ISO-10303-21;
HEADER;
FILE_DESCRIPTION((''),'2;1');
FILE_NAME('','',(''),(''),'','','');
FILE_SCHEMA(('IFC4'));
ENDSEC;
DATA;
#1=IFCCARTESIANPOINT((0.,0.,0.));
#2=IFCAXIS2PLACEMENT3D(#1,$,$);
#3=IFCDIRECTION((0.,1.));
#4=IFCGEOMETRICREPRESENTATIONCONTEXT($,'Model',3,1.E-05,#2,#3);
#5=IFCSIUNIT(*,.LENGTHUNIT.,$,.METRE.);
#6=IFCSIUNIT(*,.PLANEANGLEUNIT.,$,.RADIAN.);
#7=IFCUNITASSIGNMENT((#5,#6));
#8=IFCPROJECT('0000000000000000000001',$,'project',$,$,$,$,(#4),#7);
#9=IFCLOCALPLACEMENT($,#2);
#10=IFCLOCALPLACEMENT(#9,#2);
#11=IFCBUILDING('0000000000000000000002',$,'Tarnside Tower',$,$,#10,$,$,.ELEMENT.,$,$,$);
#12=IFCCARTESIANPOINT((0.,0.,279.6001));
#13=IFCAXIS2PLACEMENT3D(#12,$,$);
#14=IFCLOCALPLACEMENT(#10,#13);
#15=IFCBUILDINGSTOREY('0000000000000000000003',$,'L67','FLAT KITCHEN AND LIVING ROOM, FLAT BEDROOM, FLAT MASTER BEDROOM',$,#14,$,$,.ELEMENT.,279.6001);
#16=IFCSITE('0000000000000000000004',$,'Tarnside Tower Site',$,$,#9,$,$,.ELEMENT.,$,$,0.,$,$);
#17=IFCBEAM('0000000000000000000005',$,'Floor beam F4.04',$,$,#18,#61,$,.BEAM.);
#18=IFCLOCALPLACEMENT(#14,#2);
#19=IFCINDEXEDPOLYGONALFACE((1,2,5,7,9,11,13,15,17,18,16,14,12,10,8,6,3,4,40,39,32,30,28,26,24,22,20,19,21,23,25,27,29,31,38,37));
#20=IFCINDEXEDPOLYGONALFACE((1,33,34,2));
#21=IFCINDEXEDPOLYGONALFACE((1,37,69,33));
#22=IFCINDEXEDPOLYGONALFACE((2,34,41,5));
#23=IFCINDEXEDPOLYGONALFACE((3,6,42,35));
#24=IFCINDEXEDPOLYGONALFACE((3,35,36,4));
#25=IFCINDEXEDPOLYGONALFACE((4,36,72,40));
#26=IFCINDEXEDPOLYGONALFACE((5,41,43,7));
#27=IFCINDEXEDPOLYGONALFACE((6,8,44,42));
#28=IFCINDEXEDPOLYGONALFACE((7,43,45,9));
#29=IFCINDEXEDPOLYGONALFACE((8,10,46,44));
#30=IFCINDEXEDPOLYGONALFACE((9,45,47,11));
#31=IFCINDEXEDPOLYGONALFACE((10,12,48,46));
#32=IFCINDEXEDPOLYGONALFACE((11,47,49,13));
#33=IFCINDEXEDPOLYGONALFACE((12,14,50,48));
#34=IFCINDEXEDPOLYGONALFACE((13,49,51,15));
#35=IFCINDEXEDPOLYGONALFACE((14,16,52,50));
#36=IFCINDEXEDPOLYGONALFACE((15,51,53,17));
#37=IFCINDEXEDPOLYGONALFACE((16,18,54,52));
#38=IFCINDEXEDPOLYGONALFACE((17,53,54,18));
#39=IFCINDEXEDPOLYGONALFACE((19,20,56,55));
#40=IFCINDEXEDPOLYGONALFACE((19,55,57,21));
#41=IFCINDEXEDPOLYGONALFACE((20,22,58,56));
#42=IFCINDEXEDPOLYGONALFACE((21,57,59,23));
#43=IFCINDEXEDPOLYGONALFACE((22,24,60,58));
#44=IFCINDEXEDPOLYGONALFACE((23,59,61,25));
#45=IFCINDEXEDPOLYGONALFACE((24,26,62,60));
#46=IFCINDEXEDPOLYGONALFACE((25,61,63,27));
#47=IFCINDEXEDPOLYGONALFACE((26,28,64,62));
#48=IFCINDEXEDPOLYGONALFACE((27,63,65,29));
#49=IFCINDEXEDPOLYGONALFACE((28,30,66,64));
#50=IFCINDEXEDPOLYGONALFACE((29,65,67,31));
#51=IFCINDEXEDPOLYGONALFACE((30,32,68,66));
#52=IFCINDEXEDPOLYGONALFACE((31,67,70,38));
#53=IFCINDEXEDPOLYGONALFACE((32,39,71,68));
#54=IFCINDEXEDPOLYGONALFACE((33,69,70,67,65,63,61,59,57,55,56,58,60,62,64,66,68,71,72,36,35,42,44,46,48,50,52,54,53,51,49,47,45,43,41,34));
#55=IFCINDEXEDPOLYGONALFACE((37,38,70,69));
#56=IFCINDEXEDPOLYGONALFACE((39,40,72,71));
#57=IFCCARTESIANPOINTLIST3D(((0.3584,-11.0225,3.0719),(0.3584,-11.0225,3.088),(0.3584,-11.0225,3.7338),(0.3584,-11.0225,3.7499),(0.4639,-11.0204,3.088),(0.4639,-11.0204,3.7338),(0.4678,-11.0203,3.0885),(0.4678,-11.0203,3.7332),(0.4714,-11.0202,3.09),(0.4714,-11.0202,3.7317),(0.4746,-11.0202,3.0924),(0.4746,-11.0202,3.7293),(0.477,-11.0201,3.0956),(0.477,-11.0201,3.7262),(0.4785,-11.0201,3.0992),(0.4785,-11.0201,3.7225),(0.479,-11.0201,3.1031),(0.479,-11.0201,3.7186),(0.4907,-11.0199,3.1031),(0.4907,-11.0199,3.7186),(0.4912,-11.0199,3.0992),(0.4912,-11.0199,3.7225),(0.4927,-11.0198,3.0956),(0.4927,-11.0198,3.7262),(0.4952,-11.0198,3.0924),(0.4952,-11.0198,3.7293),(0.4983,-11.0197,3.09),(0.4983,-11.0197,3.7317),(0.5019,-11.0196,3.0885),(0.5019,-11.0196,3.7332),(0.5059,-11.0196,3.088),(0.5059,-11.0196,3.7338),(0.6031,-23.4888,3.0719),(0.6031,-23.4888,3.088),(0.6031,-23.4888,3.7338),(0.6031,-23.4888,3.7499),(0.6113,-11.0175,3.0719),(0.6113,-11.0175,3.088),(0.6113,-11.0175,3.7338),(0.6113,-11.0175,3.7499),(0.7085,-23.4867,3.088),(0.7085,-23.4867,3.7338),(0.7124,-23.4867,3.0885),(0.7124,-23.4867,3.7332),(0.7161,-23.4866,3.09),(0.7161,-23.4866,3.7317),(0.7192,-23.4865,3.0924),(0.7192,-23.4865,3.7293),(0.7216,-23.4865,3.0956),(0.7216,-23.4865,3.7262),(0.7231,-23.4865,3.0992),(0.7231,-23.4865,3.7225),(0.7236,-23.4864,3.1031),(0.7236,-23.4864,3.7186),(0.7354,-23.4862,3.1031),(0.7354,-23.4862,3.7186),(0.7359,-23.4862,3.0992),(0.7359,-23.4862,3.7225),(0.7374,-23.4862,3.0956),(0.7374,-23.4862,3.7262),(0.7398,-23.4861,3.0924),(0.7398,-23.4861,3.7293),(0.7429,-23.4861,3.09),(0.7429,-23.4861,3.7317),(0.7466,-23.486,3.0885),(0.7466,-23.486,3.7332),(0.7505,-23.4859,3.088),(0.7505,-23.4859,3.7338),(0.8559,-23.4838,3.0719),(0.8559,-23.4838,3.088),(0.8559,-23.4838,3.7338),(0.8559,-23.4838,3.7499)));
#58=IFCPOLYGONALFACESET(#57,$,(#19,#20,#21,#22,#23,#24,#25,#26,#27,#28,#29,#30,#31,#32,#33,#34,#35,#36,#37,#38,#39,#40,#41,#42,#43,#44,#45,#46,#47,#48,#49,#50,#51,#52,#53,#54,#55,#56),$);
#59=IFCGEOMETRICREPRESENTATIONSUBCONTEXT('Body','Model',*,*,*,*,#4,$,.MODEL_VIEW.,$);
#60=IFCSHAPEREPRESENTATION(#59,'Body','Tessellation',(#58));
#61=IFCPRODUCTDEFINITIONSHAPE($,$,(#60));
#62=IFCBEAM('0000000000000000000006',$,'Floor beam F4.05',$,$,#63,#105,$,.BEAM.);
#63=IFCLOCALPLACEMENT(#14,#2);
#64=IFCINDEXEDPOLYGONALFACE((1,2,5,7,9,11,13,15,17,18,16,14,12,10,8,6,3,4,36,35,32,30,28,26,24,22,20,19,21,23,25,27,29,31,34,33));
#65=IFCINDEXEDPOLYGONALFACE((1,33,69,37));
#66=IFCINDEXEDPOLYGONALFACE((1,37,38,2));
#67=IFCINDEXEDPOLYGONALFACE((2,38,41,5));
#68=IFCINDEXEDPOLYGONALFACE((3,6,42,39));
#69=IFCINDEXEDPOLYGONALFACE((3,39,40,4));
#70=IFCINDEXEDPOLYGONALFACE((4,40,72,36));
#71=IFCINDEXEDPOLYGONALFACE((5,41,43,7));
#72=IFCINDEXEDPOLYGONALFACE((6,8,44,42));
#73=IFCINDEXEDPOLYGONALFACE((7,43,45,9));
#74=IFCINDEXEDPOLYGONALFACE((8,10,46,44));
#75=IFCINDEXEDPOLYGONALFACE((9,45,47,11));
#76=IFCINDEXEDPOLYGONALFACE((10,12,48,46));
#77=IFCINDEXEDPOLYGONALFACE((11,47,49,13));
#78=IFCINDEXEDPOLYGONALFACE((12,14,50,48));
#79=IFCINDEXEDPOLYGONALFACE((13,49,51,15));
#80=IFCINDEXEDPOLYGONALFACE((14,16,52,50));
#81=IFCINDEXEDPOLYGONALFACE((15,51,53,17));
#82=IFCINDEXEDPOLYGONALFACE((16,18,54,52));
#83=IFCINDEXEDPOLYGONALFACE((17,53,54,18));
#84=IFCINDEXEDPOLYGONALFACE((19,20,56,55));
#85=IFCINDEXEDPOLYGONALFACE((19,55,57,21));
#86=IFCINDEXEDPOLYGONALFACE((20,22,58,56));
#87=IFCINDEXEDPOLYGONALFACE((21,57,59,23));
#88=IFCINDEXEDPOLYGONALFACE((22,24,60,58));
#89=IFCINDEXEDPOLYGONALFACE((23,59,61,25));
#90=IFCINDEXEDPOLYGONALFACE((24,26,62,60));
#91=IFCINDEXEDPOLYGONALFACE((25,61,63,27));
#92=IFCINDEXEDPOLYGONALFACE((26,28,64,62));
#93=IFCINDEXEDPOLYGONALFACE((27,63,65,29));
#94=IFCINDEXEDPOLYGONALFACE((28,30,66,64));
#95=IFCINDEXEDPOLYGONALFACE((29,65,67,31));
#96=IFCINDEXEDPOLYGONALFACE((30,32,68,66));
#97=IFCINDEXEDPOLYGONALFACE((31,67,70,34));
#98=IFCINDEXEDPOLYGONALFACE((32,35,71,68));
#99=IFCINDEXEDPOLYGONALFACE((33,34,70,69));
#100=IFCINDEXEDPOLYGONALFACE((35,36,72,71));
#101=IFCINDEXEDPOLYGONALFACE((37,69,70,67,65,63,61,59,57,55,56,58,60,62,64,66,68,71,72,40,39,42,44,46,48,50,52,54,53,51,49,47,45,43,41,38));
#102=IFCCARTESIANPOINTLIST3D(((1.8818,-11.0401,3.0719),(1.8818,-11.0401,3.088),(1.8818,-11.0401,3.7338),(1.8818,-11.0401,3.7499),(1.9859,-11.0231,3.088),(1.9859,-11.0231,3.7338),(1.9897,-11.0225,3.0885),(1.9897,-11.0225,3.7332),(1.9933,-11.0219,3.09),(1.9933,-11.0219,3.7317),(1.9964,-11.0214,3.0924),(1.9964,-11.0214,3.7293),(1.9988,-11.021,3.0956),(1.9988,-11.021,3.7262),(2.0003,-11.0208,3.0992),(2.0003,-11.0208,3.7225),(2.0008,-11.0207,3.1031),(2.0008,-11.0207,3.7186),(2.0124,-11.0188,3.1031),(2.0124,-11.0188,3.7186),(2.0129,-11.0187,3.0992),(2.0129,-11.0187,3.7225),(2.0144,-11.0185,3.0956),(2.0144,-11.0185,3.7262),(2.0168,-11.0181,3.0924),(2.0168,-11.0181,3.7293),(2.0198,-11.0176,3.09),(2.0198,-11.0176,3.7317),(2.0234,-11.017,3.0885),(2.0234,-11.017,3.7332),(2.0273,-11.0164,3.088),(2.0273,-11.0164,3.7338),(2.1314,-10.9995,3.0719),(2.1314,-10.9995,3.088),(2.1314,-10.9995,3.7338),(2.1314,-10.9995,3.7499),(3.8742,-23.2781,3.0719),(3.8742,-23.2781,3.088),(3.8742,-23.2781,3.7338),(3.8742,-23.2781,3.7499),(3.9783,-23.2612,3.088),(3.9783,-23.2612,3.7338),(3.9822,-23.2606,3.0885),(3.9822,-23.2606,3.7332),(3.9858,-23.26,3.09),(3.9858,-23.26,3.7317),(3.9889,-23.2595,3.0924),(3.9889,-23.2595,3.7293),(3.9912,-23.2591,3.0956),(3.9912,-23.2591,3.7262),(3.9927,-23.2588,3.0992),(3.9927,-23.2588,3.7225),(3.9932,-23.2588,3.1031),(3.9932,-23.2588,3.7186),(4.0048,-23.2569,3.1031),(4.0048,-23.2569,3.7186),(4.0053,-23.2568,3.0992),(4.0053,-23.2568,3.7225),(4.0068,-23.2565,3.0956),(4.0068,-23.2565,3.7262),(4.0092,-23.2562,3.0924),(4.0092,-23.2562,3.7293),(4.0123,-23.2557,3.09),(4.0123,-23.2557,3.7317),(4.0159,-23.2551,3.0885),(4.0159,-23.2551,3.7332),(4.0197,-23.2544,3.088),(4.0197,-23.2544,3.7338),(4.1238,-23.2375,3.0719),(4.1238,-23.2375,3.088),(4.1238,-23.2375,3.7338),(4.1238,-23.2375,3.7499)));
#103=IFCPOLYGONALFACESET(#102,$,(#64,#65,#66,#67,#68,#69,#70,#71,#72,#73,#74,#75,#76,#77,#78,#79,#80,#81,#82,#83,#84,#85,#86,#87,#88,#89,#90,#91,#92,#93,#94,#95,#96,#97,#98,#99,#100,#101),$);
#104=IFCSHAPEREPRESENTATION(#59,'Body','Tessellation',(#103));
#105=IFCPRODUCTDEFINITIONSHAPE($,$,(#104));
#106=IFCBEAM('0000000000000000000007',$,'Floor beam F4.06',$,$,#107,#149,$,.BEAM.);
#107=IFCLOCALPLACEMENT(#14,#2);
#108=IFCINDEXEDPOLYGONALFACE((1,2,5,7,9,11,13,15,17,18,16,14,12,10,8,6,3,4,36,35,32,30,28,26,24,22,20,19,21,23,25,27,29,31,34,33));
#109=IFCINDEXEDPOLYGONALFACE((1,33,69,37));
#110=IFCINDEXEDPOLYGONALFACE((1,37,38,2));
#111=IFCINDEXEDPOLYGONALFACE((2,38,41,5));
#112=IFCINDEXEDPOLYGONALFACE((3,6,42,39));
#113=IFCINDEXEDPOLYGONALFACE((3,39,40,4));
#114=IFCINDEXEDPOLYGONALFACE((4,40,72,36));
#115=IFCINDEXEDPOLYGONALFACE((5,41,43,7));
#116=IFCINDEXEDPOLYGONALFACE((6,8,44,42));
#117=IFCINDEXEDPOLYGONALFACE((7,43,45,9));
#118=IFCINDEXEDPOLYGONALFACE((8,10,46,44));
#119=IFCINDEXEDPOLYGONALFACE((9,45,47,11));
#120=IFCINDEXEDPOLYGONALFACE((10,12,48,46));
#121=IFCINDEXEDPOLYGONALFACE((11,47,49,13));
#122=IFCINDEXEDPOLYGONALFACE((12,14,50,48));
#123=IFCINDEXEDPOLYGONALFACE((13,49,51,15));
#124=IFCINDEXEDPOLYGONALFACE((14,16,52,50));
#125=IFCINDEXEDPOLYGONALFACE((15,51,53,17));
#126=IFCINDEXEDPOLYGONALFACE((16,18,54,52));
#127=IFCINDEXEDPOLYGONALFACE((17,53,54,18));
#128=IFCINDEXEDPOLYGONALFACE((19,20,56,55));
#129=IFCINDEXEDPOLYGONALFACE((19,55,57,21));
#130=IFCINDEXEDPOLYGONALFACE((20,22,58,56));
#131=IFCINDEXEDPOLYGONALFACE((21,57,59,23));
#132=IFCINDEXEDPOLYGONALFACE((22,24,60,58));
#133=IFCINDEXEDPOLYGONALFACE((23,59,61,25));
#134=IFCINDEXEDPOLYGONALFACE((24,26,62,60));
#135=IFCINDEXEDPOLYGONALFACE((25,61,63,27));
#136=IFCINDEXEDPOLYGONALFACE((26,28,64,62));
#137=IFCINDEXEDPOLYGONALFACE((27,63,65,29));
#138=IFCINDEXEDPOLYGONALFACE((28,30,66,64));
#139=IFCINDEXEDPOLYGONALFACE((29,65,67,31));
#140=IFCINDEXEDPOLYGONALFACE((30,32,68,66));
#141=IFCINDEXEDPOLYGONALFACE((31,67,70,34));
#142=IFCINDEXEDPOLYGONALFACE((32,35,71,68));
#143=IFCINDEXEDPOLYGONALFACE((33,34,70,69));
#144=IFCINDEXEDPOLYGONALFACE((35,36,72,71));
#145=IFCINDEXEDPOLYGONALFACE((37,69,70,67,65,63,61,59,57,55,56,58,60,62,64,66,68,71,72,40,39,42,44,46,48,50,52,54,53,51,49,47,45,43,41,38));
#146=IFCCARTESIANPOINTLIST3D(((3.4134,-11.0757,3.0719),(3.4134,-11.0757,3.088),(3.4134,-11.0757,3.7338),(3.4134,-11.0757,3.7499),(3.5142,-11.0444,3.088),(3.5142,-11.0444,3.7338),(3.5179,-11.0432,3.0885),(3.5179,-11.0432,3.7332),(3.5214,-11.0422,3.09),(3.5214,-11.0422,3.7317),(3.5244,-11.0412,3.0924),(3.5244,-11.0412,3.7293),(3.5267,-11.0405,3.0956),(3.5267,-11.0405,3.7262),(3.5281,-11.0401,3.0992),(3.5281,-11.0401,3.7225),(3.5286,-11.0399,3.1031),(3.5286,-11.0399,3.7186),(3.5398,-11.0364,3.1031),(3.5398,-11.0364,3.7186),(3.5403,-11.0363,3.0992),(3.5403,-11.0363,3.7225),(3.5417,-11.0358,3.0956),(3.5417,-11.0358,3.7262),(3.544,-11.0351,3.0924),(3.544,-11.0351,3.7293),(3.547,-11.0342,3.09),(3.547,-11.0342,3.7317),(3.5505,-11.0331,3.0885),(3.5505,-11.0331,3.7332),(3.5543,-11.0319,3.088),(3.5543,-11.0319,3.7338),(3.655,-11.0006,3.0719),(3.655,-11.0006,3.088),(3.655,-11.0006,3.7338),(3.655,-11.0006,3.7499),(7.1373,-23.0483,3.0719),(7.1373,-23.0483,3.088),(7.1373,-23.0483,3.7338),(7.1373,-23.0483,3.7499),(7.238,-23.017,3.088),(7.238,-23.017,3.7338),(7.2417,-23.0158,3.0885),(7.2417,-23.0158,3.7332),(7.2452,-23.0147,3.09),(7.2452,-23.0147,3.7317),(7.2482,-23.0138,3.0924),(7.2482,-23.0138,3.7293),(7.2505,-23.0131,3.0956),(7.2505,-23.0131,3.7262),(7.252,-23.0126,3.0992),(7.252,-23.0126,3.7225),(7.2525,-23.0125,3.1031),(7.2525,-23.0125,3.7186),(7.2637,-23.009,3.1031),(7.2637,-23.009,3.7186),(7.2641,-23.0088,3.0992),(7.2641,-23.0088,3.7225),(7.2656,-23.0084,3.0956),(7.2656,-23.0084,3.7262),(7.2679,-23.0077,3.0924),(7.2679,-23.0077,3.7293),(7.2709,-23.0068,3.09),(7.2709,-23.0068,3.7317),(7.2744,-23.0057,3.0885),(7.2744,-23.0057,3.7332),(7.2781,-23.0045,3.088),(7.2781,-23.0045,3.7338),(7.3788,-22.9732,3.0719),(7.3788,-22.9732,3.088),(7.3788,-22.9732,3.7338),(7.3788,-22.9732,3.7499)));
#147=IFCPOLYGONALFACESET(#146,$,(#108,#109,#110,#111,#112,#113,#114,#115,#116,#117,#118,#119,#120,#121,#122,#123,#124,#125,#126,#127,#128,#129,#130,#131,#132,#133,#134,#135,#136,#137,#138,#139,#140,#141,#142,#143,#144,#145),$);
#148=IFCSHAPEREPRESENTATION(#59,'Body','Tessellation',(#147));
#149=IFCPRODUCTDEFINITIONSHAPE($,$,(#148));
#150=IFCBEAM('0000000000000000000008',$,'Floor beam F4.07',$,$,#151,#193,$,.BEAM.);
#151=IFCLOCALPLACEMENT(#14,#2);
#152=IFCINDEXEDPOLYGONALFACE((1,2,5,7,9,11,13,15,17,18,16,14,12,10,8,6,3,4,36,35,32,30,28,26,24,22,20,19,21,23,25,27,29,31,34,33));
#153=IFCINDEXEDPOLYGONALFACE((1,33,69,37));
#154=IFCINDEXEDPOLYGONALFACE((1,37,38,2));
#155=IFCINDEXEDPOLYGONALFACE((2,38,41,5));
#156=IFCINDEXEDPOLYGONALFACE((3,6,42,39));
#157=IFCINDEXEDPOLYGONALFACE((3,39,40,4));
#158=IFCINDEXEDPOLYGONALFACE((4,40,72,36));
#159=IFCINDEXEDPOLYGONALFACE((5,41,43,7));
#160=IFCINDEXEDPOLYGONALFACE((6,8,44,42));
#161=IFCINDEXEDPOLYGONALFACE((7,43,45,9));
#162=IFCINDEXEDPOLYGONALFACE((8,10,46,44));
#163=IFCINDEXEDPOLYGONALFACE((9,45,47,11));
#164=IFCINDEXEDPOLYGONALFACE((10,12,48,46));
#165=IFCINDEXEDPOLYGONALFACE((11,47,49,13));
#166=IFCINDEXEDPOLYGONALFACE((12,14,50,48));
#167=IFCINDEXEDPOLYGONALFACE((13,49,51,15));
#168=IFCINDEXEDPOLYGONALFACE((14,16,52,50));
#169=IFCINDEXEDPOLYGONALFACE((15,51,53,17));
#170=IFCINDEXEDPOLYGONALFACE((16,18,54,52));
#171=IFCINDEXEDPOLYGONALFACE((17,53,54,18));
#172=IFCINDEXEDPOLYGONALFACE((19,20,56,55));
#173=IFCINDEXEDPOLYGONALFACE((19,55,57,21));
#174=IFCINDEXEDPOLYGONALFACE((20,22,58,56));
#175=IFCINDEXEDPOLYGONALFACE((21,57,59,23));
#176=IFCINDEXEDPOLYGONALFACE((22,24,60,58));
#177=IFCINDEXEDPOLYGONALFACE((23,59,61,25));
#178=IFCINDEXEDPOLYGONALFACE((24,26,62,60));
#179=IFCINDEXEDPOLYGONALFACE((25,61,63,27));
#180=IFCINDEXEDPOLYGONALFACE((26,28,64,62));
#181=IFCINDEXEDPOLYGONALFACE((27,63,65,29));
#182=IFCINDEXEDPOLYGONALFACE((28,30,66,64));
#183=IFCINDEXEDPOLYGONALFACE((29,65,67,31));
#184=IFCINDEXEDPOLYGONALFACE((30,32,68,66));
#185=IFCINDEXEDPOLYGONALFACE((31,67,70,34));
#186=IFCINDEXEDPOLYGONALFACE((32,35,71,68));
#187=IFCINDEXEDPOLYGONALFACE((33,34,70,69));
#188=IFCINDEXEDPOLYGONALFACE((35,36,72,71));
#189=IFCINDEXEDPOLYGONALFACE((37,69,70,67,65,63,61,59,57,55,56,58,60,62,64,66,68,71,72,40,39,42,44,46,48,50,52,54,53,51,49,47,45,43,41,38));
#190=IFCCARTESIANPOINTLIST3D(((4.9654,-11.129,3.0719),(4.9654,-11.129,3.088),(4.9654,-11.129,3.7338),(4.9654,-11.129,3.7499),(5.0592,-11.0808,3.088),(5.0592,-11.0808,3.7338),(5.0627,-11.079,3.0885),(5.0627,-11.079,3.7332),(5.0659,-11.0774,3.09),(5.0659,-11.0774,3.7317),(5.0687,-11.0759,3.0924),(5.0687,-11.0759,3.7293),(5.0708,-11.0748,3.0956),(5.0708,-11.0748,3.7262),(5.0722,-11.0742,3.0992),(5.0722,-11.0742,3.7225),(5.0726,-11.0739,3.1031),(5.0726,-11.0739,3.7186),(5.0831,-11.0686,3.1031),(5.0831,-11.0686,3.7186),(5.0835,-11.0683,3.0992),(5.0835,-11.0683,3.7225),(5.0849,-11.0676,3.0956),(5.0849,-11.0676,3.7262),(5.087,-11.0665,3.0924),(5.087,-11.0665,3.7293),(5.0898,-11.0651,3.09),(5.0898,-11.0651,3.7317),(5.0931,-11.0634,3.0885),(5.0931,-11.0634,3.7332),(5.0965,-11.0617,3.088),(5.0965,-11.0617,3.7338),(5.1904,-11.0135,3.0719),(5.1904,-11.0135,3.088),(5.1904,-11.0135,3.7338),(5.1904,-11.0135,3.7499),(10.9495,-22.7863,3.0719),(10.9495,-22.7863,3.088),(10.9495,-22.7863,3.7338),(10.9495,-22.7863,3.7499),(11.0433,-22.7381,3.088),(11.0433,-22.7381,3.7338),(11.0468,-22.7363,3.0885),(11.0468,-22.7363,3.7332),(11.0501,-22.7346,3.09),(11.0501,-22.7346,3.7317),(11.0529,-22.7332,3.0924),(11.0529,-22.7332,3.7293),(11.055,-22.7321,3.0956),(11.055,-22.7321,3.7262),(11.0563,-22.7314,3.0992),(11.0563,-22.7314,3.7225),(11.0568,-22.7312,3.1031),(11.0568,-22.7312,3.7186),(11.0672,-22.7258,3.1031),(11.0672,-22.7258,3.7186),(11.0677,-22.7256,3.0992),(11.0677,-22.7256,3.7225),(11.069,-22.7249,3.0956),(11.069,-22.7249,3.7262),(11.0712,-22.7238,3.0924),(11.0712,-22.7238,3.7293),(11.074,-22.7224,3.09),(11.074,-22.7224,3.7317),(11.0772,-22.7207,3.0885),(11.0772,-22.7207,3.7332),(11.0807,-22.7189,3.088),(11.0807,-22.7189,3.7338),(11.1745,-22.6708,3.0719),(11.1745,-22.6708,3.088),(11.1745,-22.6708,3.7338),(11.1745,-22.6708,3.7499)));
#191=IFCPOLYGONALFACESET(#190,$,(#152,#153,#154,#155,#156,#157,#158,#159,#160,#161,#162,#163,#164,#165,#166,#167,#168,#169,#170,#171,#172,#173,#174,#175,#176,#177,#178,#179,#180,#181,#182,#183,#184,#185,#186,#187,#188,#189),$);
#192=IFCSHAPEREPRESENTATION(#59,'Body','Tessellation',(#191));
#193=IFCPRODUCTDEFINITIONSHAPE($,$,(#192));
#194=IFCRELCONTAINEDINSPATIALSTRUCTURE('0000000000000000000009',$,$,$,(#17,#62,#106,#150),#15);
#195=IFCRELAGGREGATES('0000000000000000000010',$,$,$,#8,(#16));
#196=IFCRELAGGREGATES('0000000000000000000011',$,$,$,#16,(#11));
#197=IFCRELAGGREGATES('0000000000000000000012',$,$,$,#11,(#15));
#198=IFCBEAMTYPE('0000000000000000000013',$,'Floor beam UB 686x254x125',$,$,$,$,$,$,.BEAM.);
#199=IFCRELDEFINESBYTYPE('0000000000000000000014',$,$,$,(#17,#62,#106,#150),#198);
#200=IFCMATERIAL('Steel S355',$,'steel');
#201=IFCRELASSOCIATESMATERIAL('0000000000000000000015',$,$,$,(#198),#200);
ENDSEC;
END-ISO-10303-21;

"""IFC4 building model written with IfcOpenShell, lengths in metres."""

from ifc_helpers import new_model, si_unit, direction, frame, origin, origin_2d, place, context, subcontext, project, spatial, i_section, extrude, material, material_profile, profile_set, type_object, element, save


model = new_model("IFC4")

# Units and contexts
model_context = context("Model", 3, precision=1e-05, world=origin(), true_north=direction((0.0, 1.0)))
body_context = subcontext(model_context, "Body", "Model", "MODEL_VIEW")
ifc_project = project(units=[si_unit("LENGTHUNIT", "METRE"), si_unit("PLANEANGLEUNIT", "RADIAN")], contexts=[model_context])

# Site, building, storey
site_placement = place(None, origin())
site = spatial("IfcSite", under=ifc_project, at=site_placement, Name="Tarnside Tower Site", CompositionType="ELEMENT", RefElevation=0.0)
building_placement = place(site_placement, origin())
building = spatial("IfcBuilding", under=site, at=building_placement, Name="Tarnside Tower", CompositionType="ELEMENT")
storey_placement = place(building_placement, frame((0.0, 0.0, 279.6001)))
storey = spatial("IfcBuildingStorey", under=building, at=storey_placement, Name="L67", Description="FLAT KITCHEN AND LIVING ROOM, FLAT BEDROOM, FLAT MASTER BEDROOM", CompositionType="ELEMENT", Elevation=279.6001)

# Beams
ifc_material_1 = material(Name="Steel S355", Category="steel")
ifc_material_profile = material_profile(ifc_material_1, i_section(OverallWidth=0.2529, OverallDepth=0.678, WebThickness=0.0117, FlangeThickness=0.0161, FilletRadius=0.0151, at=origin_2d()), Name="UB 686x254x125")
ifc_profile_set = profile_set([ifc_material_profile], Name="Steel S355")
beam_type = type_object("IfcBeamType", Name="Floor beam UB 686x254x125", PredefinedType="BEAM", material=ifc_profile_set)
beam_1_placement = place(storey_placement, frame((0.7295, -23.4863, 3.4109), z_axis=(-0.019619, 0.999808, 0.0), x_axis=(-0.999808, -0.019619, 0.0)))
element("IfcBeam", 1, at=beam_1_placement, inside=storey, type_object=beam_type, Name="Floor beam F4.04", PredefinedType="BEAM", context=body_context, shape_type="SweptSolid", body=[
    extrude(i_section(OverallWidth=0.2529, OverallDepth=0.678, WebThickness=0.0117, FlangeThickness=0.0161, FilletRadius=0.0151, at=origin_2d()), origin(), (0.0, 0.0, 1.0), 12.4688),
])
beam_2_placement = place(storey_placement, frame((3.999, -23.2578, 3.4109), z_axis=(-0.160691, 0.987005, 0.0), x_axis=(-0.987005, -0.160691, 0.0)))
element("IfcBeam", 2, at=beam_2_placement, inside=storey, type_object=beam_type, Name="Floor beam F4.05", PredefinedType="BEAM", context=body_context, shape_type="SweptSolid", body=[
    extrude(i_section(OverallWidth=0.2529, OverallDepth=0.678, WebThickness=0.0117, FlangeThickness=0.0161, FilletRadius=0.0151, at=origin_2d()), origin(), (0.0, 0.0, 1.0), 12.3992),
])
beam_3_placement = place(storey_placement, frame((7.2581, -23.0107, 3.4109), z_axis=(-0.296998, 0.954878, 0.0), x_axis=(-0.954878, -0.296998, 0.0)))
element("IfcBeam", 3, at=beam_3_placement, inside=storey, type_object=beam_type, Name="Floor beam F4.06", PredefinedType="BEAM", context=body_context, shape_type="SweptSolid", body=[
    extrude(i_section(OverallWidth=0.2529, OverallDepth=0.678, WebThickness=0.0117, FlangeThickness=0.0161, FilletRadius=0.0151, at=origin_2d()), origin(), (0.0, 0.0, 1.0), 12.5383),
])
beam_4_placement = place(storey_placement, frame((11.062, -22.7285, 3.4109), z_axis=(-0.456683, 0.889629, 0.0), x_axis=(-0.889629, -0.456683, 0.0)))
element("IfcBeam", 4, at=beam_4_placement, inside=storey, type_object=beam_type, Name="Floor beam F4.07", PredefinedType="BEAM", context=body_context, shape_type="SweptSolid", body=[
    extrude(i_section(OverallWidth=0.2529, OverallDepth=0.678, WebThickness=0.0117, FlangeThickness=0.0161, FilletRadius=0.0151, at=origin_2d()), origin(), (0.0, 0.0, 1.0), 13.1035),
])

save(model, "model.ifc")
